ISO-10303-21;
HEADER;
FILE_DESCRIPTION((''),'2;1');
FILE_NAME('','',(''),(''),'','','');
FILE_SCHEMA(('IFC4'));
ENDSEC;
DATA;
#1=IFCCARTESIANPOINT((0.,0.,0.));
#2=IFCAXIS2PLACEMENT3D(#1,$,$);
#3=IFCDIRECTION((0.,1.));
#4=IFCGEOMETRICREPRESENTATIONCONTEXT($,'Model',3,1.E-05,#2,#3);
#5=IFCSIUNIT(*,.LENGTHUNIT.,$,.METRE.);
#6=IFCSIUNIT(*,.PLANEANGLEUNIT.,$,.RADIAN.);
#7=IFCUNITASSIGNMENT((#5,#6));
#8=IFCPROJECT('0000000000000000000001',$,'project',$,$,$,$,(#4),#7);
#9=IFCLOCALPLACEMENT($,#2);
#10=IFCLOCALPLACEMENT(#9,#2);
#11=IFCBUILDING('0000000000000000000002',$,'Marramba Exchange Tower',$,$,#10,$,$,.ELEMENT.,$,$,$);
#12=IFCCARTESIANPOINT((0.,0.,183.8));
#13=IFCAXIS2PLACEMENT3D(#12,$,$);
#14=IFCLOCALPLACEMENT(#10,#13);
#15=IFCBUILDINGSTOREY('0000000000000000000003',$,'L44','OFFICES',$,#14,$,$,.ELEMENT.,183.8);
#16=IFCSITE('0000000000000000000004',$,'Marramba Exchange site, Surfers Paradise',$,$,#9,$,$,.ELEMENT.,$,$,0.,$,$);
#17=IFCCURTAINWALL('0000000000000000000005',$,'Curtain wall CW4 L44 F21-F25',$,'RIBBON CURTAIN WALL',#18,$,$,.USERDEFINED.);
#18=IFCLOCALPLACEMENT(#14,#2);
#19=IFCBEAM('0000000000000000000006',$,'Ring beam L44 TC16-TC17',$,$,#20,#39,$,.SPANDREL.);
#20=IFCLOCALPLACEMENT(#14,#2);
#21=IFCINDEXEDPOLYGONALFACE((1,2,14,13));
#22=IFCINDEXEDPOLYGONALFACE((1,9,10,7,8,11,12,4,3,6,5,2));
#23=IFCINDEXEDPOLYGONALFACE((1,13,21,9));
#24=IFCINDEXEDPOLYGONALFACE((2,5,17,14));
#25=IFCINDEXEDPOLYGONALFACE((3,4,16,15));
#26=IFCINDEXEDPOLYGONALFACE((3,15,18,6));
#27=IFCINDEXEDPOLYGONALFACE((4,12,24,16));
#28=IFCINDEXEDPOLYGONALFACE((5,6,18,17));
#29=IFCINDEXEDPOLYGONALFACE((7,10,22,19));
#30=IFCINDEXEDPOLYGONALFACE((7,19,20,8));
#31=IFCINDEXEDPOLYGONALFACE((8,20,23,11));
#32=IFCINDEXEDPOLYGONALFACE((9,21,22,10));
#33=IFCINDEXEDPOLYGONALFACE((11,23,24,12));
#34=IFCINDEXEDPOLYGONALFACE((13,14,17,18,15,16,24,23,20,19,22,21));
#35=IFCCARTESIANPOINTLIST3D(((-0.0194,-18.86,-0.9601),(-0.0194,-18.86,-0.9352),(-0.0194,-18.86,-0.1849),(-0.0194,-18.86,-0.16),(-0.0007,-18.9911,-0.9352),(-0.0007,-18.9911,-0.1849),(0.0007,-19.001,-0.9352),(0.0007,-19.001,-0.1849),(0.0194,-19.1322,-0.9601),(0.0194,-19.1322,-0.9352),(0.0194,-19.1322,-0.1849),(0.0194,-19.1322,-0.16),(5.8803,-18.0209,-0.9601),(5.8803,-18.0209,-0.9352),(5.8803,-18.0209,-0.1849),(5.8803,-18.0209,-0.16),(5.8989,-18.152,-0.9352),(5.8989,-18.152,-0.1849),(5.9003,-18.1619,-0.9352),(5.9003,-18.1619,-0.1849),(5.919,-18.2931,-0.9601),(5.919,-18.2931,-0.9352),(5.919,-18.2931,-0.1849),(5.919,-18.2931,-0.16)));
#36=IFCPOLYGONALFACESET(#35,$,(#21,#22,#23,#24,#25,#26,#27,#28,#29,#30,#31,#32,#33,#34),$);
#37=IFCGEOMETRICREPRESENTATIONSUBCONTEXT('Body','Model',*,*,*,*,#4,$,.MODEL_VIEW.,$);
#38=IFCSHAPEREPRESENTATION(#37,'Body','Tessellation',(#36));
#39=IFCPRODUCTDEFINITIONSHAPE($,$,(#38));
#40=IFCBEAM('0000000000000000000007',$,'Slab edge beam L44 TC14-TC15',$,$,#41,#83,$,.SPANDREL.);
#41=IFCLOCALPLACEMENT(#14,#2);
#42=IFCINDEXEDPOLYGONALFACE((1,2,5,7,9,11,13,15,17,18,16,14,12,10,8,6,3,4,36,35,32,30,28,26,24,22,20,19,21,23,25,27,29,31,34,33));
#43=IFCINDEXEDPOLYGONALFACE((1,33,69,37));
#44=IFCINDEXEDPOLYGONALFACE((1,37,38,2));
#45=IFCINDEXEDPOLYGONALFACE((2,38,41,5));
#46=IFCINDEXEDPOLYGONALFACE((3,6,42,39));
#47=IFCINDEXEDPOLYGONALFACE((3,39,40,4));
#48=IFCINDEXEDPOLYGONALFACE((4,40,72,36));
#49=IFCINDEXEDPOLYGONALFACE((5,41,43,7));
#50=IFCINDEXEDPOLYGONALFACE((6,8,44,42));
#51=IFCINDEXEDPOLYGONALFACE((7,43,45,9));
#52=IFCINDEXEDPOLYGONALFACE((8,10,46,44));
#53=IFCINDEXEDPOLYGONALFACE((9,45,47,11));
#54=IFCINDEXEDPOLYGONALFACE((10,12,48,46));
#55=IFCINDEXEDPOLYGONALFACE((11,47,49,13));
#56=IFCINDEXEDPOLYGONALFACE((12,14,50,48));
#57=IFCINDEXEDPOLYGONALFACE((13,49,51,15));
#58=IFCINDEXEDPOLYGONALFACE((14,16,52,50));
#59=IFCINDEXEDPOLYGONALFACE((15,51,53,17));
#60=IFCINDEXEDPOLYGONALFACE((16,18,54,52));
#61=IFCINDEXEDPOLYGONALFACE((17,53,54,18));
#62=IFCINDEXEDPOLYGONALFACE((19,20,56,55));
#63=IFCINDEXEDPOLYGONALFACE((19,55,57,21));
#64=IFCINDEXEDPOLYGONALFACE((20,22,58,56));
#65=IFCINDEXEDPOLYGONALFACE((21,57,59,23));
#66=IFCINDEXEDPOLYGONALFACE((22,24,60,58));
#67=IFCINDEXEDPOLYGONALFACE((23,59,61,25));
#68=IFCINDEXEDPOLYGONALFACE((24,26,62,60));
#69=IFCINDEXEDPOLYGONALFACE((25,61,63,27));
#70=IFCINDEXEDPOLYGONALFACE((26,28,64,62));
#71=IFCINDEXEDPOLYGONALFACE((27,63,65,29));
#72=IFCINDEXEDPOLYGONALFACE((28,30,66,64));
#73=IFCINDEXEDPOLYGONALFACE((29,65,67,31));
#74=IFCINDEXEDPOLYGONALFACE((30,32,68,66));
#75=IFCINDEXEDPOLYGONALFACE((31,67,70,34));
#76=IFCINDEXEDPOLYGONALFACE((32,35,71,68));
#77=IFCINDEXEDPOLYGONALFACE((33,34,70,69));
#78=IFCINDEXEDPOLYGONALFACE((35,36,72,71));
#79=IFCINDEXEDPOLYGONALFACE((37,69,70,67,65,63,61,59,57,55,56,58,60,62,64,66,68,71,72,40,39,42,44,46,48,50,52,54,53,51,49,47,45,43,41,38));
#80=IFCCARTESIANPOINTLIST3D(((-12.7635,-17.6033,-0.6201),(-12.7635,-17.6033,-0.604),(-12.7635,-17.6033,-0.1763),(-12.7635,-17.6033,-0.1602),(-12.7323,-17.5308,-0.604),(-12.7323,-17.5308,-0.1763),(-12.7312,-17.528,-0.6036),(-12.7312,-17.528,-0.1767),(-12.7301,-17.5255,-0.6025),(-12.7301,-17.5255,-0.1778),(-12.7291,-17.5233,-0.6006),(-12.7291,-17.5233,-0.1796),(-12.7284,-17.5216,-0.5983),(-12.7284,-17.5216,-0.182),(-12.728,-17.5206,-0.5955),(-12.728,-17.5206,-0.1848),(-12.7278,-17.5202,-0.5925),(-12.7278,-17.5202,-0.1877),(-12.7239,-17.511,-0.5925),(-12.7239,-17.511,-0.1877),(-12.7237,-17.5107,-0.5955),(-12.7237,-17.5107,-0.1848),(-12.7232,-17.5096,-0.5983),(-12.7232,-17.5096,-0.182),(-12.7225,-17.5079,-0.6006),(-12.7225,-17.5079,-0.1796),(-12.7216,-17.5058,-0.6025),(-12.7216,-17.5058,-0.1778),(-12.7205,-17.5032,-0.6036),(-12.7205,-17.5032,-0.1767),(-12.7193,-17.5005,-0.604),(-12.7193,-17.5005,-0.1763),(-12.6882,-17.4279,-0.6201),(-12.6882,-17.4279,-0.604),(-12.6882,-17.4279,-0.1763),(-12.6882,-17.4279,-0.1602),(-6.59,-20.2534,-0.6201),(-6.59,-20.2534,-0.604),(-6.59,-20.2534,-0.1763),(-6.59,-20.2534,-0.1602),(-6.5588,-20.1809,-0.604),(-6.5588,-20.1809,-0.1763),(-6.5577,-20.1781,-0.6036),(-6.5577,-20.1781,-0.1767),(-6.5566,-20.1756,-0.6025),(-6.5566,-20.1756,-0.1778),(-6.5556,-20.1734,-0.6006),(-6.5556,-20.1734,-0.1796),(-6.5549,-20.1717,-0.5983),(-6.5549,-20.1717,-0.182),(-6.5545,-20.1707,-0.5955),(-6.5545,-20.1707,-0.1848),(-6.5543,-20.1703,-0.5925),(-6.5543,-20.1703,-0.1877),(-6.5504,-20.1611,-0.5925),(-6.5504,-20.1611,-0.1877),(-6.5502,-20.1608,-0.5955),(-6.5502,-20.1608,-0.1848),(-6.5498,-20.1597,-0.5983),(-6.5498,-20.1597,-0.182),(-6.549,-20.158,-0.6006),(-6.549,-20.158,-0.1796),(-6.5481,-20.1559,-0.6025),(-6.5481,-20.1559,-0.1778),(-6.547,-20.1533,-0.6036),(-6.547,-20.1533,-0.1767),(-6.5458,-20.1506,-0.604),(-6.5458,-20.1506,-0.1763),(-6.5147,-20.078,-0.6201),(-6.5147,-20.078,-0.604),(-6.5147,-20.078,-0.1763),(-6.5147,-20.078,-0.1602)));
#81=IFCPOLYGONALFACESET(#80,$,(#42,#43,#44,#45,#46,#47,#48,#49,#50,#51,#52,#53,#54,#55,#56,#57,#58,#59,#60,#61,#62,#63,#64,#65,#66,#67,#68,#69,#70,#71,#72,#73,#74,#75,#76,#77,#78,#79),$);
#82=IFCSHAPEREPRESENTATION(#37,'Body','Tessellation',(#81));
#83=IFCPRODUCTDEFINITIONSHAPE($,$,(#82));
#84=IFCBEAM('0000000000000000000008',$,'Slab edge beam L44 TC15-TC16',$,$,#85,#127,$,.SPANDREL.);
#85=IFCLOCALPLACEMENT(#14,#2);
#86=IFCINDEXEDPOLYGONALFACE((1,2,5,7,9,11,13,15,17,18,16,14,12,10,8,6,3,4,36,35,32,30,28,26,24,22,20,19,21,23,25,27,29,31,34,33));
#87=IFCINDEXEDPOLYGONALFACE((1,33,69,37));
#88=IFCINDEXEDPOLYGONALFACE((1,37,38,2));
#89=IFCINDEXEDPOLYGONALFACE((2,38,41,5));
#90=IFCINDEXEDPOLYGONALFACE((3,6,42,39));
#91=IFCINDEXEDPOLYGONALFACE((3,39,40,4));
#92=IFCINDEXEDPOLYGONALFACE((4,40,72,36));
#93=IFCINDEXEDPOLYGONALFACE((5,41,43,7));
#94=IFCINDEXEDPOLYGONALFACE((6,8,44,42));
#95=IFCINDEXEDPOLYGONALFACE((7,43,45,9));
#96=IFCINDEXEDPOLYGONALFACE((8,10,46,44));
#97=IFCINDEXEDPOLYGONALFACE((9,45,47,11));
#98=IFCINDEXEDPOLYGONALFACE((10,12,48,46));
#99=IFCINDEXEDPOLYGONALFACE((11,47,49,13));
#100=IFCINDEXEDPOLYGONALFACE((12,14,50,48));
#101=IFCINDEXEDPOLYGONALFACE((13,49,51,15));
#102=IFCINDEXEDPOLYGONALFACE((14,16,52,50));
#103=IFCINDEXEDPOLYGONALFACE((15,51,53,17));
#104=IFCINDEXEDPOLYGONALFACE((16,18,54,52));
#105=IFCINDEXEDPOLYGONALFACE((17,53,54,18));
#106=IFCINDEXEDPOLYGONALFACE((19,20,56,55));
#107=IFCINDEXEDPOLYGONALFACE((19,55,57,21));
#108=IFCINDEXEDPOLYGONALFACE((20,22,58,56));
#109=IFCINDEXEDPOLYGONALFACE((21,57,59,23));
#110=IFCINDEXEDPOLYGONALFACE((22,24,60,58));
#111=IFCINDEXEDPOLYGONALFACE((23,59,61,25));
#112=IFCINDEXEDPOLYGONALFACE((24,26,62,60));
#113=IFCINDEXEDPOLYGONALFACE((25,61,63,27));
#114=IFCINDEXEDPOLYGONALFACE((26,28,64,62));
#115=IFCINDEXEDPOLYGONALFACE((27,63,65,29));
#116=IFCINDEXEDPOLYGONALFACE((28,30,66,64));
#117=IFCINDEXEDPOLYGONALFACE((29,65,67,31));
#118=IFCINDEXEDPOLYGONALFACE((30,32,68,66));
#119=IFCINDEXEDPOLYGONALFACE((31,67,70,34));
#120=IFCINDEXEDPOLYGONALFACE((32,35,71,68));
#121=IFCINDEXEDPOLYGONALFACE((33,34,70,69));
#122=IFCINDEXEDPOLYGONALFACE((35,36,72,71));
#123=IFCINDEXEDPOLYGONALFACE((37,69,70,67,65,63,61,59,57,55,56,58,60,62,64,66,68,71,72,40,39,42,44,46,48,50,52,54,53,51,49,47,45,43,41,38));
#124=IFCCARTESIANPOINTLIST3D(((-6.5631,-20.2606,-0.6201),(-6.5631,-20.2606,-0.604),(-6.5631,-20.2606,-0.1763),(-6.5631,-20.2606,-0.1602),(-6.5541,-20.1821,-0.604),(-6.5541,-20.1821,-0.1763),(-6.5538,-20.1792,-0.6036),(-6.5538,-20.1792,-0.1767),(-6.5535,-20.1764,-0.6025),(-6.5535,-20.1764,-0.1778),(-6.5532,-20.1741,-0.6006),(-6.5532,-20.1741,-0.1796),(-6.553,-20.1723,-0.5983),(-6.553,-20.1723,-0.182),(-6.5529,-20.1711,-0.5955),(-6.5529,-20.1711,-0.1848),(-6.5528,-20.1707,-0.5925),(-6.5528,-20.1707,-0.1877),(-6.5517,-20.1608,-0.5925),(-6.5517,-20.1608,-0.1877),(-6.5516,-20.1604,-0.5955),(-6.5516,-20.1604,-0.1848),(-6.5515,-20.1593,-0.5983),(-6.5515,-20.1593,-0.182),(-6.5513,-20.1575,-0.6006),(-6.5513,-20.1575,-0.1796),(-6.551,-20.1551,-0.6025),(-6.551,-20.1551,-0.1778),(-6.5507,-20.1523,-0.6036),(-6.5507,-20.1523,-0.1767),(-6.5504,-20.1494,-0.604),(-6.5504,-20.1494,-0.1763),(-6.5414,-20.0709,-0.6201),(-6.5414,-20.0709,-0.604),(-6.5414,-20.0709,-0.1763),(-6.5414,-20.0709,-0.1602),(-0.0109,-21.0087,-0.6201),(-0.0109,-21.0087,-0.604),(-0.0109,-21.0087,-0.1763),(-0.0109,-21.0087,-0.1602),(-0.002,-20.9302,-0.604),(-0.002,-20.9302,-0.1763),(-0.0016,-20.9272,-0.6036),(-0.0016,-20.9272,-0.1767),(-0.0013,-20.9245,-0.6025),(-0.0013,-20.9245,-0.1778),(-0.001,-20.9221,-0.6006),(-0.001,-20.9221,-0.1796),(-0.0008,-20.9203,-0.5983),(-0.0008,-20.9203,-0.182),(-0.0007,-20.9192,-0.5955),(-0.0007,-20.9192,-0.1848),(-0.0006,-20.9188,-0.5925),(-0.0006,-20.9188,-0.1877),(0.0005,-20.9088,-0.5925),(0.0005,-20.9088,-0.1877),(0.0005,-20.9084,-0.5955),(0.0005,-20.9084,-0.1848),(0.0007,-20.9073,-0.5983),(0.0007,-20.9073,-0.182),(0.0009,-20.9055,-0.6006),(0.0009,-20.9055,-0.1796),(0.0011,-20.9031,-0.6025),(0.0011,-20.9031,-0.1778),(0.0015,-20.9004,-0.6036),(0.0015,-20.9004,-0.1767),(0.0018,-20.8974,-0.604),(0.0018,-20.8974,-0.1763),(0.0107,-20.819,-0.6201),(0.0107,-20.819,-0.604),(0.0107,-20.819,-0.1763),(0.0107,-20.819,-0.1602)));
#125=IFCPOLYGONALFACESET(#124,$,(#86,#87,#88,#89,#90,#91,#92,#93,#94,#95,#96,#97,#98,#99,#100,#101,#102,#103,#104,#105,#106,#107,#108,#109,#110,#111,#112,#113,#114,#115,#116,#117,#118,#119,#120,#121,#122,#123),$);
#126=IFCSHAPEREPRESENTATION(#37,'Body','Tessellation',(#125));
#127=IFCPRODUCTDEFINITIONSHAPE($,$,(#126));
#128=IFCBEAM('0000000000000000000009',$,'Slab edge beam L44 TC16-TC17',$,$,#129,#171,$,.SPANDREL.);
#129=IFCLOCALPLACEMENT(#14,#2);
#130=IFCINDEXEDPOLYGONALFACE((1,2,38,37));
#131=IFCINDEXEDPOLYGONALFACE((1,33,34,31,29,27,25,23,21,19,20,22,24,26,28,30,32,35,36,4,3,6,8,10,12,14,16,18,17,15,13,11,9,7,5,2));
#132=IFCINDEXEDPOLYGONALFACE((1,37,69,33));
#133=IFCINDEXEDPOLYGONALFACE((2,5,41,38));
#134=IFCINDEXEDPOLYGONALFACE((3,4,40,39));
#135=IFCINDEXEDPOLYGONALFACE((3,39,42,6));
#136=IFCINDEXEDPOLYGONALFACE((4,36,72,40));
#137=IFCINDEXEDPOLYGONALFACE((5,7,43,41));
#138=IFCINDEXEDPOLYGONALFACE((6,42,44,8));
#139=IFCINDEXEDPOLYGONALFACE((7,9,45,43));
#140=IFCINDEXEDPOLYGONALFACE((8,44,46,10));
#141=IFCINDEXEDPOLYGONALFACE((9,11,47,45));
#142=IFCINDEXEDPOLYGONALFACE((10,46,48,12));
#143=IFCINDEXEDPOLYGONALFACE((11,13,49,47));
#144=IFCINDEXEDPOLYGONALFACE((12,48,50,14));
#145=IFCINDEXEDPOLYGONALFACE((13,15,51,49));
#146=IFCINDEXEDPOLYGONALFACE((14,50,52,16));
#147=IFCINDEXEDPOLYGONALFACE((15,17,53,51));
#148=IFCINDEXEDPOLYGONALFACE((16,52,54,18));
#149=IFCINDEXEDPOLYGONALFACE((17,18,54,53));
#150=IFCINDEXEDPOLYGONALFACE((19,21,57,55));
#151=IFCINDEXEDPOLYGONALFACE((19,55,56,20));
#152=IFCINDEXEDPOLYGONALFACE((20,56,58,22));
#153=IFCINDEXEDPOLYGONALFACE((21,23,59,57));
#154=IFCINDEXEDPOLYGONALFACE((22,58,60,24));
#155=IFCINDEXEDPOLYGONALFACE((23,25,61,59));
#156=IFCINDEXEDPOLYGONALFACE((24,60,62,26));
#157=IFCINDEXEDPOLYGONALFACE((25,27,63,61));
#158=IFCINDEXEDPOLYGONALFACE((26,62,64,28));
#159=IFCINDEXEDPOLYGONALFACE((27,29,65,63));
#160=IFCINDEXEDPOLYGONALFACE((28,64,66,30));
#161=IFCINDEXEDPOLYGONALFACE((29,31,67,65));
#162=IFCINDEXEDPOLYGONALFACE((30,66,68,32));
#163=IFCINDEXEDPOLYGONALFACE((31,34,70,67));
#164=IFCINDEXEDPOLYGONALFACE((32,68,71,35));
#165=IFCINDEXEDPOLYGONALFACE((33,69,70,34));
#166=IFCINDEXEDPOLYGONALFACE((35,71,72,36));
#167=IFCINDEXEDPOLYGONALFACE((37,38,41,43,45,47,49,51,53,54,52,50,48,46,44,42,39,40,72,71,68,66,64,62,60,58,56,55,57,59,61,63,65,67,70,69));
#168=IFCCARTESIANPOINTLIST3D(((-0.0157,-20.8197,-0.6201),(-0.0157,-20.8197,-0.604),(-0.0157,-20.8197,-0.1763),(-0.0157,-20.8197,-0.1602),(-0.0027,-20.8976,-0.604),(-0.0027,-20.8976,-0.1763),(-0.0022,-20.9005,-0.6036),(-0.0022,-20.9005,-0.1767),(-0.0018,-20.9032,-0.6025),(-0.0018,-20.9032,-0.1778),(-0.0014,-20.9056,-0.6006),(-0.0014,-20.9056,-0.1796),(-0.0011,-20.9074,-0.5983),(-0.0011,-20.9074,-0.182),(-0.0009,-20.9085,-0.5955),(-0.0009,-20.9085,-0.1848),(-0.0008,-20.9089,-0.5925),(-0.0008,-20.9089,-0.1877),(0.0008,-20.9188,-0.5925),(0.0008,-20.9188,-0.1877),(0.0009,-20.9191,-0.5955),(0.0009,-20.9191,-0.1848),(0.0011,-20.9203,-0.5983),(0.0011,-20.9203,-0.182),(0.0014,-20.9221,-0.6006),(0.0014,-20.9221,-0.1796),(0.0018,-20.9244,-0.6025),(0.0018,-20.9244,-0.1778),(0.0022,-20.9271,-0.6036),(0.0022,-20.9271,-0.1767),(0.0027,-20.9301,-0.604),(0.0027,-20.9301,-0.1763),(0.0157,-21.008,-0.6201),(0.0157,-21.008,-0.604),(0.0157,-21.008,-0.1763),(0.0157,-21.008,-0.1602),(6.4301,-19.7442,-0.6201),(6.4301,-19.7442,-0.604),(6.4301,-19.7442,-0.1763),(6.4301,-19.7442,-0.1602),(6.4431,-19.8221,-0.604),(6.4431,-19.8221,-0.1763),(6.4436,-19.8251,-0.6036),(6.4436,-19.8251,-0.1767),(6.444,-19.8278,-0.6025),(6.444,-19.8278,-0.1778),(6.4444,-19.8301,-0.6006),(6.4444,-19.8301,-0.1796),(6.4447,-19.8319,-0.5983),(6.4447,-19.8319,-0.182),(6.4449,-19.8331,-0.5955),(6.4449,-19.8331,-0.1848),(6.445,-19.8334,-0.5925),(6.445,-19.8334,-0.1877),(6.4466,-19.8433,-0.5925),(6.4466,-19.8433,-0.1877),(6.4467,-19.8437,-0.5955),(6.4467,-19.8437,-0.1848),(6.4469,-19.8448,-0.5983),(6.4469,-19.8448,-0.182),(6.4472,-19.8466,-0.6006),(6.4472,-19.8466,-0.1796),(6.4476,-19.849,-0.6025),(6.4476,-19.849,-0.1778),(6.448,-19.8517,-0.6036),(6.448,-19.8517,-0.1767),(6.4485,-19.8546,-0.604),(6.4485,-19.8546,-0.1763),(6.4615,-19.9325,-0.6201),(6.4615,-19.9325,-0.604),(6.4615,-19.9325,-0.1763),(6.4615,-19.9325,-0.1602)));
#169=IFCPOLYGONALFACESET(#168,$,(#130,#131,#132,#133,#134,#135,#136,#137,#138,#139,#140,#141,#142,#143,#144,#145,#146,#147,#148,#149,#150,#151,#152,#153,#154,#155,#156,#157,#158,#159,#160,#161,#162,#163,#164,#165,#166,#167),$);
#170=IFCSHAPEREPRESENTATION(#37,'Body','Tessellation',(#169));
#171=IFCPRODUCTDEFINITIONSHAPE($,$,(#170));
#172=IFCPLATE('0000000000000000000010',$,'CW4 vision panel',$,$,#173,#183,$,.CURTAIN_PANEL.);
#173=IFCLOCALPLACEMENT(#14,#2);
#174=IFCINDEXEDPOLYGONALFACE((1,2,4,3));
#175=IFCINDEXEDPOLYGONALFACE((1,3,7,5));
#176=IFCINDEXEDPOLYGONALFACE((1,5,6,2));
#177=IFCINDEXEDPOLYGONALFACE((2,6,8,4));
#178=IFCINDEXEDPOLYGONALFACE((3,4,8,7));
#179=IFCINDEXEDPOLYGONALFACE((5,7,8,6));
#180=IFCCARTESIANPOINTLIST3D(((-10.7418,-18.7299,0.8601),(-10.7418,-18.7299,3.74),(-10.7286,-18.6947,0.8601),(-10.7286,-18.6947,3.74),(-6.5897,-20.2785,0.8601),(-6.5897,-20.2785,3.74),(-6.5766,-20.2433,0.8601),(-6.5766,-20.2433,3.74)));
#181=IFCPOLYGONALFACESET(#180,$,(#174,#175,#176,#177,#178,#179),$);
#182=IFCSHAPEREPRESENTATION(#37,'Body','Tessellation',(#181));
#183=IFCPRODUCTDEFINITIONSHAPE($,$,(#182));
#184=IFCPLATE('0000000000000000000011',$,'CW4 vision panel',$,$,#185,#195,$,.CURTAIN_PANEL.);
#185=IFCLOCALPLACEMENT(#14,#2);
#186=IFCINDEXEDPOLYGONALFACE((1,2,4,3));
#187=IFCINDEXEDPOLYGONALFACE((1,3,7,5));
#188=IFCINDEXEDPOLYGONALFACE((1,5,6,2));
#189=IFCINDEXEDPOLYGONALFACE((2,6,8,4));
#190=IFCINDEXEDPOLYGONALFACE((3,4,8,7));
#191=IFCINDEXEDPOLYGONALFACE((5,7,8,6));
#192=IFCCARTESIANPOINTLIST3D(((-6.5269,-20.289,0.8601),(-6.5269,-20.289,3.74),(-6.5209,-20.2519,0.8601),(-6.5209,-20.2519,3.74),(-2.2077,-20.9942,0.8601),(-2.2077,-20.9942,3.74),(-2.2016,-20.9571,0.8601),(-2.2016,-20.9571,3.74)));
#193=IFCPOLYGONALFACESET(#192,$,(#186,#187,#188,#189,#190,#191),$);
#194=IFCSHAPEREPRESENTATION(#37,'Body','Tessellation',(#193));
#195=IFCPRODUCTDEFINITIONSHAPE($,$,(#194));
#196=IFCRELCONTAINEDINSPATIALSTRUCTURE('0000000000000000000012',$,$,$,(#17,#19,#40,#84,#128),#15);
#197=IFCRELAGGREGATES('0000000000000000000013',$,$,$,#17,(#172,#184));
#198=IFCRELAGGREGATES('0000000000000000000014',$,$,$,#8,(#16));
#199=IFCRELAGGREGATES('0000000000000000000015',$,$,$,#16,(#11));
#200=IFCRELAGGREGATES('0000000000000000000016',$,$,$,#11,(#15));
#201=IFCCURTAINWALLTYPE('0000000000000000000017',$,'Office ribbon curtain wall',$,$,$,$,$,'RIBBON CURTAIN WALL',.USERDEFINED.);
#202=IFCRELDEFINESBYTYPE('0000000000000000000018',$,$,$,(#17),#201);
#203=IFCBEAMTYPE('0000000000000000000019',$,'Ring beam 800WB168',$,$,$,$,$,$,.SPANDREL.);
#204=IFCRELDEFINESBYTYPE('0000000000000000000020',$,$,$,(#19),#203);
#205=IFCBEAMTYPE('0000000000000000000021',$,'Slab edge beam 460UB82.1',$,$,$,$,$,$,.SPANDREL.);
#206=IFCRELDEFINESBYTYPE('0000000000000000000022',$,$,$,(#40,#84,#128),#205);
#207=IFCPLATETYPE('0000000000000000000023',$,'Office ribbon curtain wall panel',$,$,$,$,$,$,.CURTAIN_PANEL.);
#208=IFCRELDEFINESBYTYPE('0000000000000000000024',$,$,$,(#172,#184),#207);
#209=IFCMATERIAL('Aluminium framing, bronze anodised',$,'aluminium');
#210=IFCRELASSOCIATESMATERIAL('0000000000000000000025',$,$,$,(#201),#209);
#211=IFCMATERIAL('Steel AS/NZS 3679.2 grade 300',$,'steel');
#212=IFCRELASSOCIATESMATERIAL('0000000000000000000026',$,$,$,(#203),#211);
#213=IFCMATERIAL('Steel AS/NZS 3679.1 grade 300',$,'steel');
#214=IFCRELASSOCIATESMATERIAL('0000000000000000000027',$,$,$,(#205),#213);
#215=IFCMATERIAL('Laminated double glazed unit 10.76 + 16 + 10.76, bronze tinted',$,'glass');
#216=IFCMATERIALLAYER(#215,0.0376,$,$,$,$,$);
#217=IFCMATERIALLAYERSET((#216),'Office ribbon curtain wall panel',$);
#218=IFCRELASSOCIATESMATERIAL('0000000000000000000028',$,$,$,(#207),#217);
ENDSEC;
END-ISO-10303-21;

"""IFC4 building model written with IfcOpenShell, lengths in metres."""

from ifc_helpers import new_model, si_unit, direction, frame, origin, origin_2d, place, context, subcontext, project, spatial, rectangle, i_section, extrude, material, layer, layer_set, material_profile, profile_set, type_object, element, aggregate, save


model = new_model("IFC4")

# Units and contexts
model_context = context("Model", 3, precision=1e-05, world=origin(), true_north=direction((0.0, 1.0)))
body_context = subcontext(model_context, "Body", "Model", "MODEL_VIEW")
ifc_project = project(units=[si_unit("LENGTHUNIT", "METRE"), si_unit("PLANEANGLEUNIT", "RADIAN")], contexts=[model_context])

# Site, building, storey
site_placement = place(None, origin())
site = spatial("IfcSite", under=ifc_project, at=site_placement, Name="Marramba Exchange site, Surfers Paradise", CompositionType="ELEMENT", RefElevation=0.0)
building_placement = place(site_placement, origin())
building = spatial("IfcBuilding", under=site, at=building_placement, Name="Marramba Exchange Tower", CompositionType="ELEMENT")
storey_placement = place(building_placement, frame((0.0, 0.0, 183.8)))
storey = spatial("IfcBuildingStorey", under=building, at=storey_placement, Name="L44", Description="OFFICES", CompositionType="ELEMENT", Elevation=183.8)

# Shared definitions
ifc_material_1 = material(Name="Steel AS/NZS 3679.2 grade 300", Category="steel")

# Curtain wall
ifc_material_2 = material(Name="Aluminium framing, bronze anodised", Category="aluminium")
curtain_wall_type = type_object("IfcCurtainWallType", Name="Office ribbon curtain wall", ElementType="RIBBON CURTAIN WALL", PredefinedType="USERDEFINED", material=ifc_material_2)
curtain_wall_placement = place(storey_placement, origin())
curtain_wall = element("IfcCurtainWall", 1, at=curtain_wall_placement, inside=storey, type_object=curtain_wall_type, Name="Curtain wall CW4 L44 F21-F25", ObjectType="RIBBON CURTAIN WALL", PredefinedType="USERDEFINED")

# Beams
ifc_material_profile_1 = material_profile(ifc_material_1, i_section(OverallWidth=0.2749, OverallDepth=0.8, WebThickness=0.01, FlangeThickness=0.0249, at=origin_2d()), Name="800WB168")
ifc_profile_set_1 = profile_set([ifc_material_profile_1], Name="Steel AS/NZS 3679.2 grade 300")
beam_type_1 = type_object("IfcBeamType", Name="Ring beam 800WB168", PredefinedType="SPANDREL", material=ifc_profile_set_1)
for number, where, z_axis, x_axis, name in (
    (2, (0.0, -18.9961, -0.5601), (0.990036, 0.140813, 0.0), (-0.140813, 0.990036, 0.0), "Ring beam L44 TC16-TC17"),
):
    element("IfcBeam", number, at=place(storey_placement, frame(where, z_axis=z_axis, x_axis=x_axis)), inside=storey, type_object=beam_type_1, Name=name, PredefinedType="SPANDREL", context=body_context, shape_type="SweptSolid", body=[
        extrude(i_section(OverallWidth=0.2749, OverallDepth=0.8, WebThickness=0.01, FlangeThickness=0.0249, at=origin_2d()), origin(), (0.0, 0.0, 1.0), 5.959),
    ])
ifc_material_3 = material(Name="Steel AS/NZS 3679.1 grade 300", Category="steel")
ifc_material_profile_2 = material_profile(ifc_material_3, i_section(OverallWidth=0.1909, OverallDepth=0.46, WebThickness=0.01, FlangeThickness=0.0161, FilletRadius=0.0115, at=origin_2d()), Name="460UB82.1")
ifc_profile_set_2 = profile_set([ifc_material_profile_2], Name="Steel AS/NZS 3679.1 grade 300")
beam_type_2 = type_object("IfcBeamType", Name="Slab edge beam 460UB82.1", PredefinedType="SPANDREL", material=ifc_profile_set_2)
beam_1_placement = place(storey_placement, frame((-12.7258, -17.5156, -0.3901), z_axis=(0.918912, -0.394463, 0.0), x_axis=(0.394463, 0.918912, 0.0)))
element("IfcBeam", 3, at=beam_1_placement, inside=storey, type_object=beam_type_2, Name="Slab edge beam L44 TC14-TC15", PredefinedType="SPANDREL", context=body_context, shape_type="SweptSolid", body=[
    extrude(i_section(OverallWidth=0.1909, OverallDepth=0.46, WebThickness=0.01, FlangeThickness=0.0161, FilletRadius=0.0115, at=origin_2d()), origin(), (0.0, 0.0, 1.0), 6.7183),
])
beam_2_placement = place(storey_placement, frame((-6.5522, -20.1658, -0.3901), z_axis=(0.993546, -0.11343, 0.0), x_axis=(0.11343, 0.993546, 0.0)))
element("IfcBeam", 4, at=beam_2_placement, inside=storey, type_object=beam_type_2, Name="Slab edge beam L44 TC15-TC16", PredefinedType="SPANDREL", context=body_context, shape_type="SweptSolid", body=[
    extrude(i_section(OverallWidth=0.1909, OverallDepth=0.46, WebThickness=0.01, FlangeThickness=0.0161, FilletRadius=0.0115, at=origin_2d()), origin(), (0.0, 0.0, 1.0), 6.5947),
])
beam_3_placement = place(storey_placement, frame((0.0, -20.9138, -0.3901), z_axis=(0.986366, 0.164569, 0.0), x_axis=(-0.164569, 0.986366, 0.0)))
element("IfcBeam", 5, at=beam_3_placement, inside=storey, type_object=beam_type_2, Name="Slab edge beam L44 TC16-TC17", PredefinedType="SPANDREL", context=body_context, shape_type="SweptSolid", body=[
    extrude(i_section(OverallWidth=0.1909, OverallDepth=0.46, WebThickness=0.01, FlangeThickness=0.0161, FilletRadius=0.0115, at=origin_2d()), origin(), (0.0, 0.0, 1.0), 6.5349),
])

# Plates
ifc_material_4 = material(Name="Laminated double glazed unit 10.76 + 16 + 10.76, bronze tinted", Category="glass")
ifc_layer_1 = layer(ifc_material_4, 0.0376)
ifc_layer_set_1 = layer_set([ifc_layer_1], Name="Office ribbon curtain wall panel")
plate_type = type_object("IfcPlateType", Name="Office ribbon curtain wall panel", PredefinedType="CURTAIN_PANEL", material=ifc_layer_set_1)
plate_1_placement = place(storey_placement, frame((-8.6592, -19.4866, 0.8601), z_axis=(0.0, 0.0, 1.0), x_axis=(0.936952, -0.349459, 0.0)))
plate_1 = element("IfcPlate", 6, at=plate_1_placement, type_object=plate_type, Name="CW4 vision panel", PredefinedType="CURTAIN_PANEL", context=body_context, shape_type="SweptSolid", body=[
    extrude(rectangle(XDim=4.4314, YDim=0.0376, at=origin_2d()), origin(), (0.0, 0.0, 1.0), 2.8799),
])
plate_2_placement = place(storey_placement, frame((-4.3643, -20.623, 0.8601), z_axis=(0.0, 0.0, 1.0), x_axis=(0.986931, -0.161146, 0.0)))
plate_2 = element("IfcPlate", 7, at=plate_2_placement, type_object=plate_type, Name="CW4 vision panel", PredefinedType="CURTAIN_PANEL", context=body_context, shape_type="SweptSolid", body=[
    extrude(rectangle(XDim=4.3765, YDim=0.0376, at=origin_2d()), origin(), (0.0, 0.0, 1.0), 2.8799),
])
aggregate(curtain_wall, [plate_1, plate_2])

save(model, "model.ifc")
